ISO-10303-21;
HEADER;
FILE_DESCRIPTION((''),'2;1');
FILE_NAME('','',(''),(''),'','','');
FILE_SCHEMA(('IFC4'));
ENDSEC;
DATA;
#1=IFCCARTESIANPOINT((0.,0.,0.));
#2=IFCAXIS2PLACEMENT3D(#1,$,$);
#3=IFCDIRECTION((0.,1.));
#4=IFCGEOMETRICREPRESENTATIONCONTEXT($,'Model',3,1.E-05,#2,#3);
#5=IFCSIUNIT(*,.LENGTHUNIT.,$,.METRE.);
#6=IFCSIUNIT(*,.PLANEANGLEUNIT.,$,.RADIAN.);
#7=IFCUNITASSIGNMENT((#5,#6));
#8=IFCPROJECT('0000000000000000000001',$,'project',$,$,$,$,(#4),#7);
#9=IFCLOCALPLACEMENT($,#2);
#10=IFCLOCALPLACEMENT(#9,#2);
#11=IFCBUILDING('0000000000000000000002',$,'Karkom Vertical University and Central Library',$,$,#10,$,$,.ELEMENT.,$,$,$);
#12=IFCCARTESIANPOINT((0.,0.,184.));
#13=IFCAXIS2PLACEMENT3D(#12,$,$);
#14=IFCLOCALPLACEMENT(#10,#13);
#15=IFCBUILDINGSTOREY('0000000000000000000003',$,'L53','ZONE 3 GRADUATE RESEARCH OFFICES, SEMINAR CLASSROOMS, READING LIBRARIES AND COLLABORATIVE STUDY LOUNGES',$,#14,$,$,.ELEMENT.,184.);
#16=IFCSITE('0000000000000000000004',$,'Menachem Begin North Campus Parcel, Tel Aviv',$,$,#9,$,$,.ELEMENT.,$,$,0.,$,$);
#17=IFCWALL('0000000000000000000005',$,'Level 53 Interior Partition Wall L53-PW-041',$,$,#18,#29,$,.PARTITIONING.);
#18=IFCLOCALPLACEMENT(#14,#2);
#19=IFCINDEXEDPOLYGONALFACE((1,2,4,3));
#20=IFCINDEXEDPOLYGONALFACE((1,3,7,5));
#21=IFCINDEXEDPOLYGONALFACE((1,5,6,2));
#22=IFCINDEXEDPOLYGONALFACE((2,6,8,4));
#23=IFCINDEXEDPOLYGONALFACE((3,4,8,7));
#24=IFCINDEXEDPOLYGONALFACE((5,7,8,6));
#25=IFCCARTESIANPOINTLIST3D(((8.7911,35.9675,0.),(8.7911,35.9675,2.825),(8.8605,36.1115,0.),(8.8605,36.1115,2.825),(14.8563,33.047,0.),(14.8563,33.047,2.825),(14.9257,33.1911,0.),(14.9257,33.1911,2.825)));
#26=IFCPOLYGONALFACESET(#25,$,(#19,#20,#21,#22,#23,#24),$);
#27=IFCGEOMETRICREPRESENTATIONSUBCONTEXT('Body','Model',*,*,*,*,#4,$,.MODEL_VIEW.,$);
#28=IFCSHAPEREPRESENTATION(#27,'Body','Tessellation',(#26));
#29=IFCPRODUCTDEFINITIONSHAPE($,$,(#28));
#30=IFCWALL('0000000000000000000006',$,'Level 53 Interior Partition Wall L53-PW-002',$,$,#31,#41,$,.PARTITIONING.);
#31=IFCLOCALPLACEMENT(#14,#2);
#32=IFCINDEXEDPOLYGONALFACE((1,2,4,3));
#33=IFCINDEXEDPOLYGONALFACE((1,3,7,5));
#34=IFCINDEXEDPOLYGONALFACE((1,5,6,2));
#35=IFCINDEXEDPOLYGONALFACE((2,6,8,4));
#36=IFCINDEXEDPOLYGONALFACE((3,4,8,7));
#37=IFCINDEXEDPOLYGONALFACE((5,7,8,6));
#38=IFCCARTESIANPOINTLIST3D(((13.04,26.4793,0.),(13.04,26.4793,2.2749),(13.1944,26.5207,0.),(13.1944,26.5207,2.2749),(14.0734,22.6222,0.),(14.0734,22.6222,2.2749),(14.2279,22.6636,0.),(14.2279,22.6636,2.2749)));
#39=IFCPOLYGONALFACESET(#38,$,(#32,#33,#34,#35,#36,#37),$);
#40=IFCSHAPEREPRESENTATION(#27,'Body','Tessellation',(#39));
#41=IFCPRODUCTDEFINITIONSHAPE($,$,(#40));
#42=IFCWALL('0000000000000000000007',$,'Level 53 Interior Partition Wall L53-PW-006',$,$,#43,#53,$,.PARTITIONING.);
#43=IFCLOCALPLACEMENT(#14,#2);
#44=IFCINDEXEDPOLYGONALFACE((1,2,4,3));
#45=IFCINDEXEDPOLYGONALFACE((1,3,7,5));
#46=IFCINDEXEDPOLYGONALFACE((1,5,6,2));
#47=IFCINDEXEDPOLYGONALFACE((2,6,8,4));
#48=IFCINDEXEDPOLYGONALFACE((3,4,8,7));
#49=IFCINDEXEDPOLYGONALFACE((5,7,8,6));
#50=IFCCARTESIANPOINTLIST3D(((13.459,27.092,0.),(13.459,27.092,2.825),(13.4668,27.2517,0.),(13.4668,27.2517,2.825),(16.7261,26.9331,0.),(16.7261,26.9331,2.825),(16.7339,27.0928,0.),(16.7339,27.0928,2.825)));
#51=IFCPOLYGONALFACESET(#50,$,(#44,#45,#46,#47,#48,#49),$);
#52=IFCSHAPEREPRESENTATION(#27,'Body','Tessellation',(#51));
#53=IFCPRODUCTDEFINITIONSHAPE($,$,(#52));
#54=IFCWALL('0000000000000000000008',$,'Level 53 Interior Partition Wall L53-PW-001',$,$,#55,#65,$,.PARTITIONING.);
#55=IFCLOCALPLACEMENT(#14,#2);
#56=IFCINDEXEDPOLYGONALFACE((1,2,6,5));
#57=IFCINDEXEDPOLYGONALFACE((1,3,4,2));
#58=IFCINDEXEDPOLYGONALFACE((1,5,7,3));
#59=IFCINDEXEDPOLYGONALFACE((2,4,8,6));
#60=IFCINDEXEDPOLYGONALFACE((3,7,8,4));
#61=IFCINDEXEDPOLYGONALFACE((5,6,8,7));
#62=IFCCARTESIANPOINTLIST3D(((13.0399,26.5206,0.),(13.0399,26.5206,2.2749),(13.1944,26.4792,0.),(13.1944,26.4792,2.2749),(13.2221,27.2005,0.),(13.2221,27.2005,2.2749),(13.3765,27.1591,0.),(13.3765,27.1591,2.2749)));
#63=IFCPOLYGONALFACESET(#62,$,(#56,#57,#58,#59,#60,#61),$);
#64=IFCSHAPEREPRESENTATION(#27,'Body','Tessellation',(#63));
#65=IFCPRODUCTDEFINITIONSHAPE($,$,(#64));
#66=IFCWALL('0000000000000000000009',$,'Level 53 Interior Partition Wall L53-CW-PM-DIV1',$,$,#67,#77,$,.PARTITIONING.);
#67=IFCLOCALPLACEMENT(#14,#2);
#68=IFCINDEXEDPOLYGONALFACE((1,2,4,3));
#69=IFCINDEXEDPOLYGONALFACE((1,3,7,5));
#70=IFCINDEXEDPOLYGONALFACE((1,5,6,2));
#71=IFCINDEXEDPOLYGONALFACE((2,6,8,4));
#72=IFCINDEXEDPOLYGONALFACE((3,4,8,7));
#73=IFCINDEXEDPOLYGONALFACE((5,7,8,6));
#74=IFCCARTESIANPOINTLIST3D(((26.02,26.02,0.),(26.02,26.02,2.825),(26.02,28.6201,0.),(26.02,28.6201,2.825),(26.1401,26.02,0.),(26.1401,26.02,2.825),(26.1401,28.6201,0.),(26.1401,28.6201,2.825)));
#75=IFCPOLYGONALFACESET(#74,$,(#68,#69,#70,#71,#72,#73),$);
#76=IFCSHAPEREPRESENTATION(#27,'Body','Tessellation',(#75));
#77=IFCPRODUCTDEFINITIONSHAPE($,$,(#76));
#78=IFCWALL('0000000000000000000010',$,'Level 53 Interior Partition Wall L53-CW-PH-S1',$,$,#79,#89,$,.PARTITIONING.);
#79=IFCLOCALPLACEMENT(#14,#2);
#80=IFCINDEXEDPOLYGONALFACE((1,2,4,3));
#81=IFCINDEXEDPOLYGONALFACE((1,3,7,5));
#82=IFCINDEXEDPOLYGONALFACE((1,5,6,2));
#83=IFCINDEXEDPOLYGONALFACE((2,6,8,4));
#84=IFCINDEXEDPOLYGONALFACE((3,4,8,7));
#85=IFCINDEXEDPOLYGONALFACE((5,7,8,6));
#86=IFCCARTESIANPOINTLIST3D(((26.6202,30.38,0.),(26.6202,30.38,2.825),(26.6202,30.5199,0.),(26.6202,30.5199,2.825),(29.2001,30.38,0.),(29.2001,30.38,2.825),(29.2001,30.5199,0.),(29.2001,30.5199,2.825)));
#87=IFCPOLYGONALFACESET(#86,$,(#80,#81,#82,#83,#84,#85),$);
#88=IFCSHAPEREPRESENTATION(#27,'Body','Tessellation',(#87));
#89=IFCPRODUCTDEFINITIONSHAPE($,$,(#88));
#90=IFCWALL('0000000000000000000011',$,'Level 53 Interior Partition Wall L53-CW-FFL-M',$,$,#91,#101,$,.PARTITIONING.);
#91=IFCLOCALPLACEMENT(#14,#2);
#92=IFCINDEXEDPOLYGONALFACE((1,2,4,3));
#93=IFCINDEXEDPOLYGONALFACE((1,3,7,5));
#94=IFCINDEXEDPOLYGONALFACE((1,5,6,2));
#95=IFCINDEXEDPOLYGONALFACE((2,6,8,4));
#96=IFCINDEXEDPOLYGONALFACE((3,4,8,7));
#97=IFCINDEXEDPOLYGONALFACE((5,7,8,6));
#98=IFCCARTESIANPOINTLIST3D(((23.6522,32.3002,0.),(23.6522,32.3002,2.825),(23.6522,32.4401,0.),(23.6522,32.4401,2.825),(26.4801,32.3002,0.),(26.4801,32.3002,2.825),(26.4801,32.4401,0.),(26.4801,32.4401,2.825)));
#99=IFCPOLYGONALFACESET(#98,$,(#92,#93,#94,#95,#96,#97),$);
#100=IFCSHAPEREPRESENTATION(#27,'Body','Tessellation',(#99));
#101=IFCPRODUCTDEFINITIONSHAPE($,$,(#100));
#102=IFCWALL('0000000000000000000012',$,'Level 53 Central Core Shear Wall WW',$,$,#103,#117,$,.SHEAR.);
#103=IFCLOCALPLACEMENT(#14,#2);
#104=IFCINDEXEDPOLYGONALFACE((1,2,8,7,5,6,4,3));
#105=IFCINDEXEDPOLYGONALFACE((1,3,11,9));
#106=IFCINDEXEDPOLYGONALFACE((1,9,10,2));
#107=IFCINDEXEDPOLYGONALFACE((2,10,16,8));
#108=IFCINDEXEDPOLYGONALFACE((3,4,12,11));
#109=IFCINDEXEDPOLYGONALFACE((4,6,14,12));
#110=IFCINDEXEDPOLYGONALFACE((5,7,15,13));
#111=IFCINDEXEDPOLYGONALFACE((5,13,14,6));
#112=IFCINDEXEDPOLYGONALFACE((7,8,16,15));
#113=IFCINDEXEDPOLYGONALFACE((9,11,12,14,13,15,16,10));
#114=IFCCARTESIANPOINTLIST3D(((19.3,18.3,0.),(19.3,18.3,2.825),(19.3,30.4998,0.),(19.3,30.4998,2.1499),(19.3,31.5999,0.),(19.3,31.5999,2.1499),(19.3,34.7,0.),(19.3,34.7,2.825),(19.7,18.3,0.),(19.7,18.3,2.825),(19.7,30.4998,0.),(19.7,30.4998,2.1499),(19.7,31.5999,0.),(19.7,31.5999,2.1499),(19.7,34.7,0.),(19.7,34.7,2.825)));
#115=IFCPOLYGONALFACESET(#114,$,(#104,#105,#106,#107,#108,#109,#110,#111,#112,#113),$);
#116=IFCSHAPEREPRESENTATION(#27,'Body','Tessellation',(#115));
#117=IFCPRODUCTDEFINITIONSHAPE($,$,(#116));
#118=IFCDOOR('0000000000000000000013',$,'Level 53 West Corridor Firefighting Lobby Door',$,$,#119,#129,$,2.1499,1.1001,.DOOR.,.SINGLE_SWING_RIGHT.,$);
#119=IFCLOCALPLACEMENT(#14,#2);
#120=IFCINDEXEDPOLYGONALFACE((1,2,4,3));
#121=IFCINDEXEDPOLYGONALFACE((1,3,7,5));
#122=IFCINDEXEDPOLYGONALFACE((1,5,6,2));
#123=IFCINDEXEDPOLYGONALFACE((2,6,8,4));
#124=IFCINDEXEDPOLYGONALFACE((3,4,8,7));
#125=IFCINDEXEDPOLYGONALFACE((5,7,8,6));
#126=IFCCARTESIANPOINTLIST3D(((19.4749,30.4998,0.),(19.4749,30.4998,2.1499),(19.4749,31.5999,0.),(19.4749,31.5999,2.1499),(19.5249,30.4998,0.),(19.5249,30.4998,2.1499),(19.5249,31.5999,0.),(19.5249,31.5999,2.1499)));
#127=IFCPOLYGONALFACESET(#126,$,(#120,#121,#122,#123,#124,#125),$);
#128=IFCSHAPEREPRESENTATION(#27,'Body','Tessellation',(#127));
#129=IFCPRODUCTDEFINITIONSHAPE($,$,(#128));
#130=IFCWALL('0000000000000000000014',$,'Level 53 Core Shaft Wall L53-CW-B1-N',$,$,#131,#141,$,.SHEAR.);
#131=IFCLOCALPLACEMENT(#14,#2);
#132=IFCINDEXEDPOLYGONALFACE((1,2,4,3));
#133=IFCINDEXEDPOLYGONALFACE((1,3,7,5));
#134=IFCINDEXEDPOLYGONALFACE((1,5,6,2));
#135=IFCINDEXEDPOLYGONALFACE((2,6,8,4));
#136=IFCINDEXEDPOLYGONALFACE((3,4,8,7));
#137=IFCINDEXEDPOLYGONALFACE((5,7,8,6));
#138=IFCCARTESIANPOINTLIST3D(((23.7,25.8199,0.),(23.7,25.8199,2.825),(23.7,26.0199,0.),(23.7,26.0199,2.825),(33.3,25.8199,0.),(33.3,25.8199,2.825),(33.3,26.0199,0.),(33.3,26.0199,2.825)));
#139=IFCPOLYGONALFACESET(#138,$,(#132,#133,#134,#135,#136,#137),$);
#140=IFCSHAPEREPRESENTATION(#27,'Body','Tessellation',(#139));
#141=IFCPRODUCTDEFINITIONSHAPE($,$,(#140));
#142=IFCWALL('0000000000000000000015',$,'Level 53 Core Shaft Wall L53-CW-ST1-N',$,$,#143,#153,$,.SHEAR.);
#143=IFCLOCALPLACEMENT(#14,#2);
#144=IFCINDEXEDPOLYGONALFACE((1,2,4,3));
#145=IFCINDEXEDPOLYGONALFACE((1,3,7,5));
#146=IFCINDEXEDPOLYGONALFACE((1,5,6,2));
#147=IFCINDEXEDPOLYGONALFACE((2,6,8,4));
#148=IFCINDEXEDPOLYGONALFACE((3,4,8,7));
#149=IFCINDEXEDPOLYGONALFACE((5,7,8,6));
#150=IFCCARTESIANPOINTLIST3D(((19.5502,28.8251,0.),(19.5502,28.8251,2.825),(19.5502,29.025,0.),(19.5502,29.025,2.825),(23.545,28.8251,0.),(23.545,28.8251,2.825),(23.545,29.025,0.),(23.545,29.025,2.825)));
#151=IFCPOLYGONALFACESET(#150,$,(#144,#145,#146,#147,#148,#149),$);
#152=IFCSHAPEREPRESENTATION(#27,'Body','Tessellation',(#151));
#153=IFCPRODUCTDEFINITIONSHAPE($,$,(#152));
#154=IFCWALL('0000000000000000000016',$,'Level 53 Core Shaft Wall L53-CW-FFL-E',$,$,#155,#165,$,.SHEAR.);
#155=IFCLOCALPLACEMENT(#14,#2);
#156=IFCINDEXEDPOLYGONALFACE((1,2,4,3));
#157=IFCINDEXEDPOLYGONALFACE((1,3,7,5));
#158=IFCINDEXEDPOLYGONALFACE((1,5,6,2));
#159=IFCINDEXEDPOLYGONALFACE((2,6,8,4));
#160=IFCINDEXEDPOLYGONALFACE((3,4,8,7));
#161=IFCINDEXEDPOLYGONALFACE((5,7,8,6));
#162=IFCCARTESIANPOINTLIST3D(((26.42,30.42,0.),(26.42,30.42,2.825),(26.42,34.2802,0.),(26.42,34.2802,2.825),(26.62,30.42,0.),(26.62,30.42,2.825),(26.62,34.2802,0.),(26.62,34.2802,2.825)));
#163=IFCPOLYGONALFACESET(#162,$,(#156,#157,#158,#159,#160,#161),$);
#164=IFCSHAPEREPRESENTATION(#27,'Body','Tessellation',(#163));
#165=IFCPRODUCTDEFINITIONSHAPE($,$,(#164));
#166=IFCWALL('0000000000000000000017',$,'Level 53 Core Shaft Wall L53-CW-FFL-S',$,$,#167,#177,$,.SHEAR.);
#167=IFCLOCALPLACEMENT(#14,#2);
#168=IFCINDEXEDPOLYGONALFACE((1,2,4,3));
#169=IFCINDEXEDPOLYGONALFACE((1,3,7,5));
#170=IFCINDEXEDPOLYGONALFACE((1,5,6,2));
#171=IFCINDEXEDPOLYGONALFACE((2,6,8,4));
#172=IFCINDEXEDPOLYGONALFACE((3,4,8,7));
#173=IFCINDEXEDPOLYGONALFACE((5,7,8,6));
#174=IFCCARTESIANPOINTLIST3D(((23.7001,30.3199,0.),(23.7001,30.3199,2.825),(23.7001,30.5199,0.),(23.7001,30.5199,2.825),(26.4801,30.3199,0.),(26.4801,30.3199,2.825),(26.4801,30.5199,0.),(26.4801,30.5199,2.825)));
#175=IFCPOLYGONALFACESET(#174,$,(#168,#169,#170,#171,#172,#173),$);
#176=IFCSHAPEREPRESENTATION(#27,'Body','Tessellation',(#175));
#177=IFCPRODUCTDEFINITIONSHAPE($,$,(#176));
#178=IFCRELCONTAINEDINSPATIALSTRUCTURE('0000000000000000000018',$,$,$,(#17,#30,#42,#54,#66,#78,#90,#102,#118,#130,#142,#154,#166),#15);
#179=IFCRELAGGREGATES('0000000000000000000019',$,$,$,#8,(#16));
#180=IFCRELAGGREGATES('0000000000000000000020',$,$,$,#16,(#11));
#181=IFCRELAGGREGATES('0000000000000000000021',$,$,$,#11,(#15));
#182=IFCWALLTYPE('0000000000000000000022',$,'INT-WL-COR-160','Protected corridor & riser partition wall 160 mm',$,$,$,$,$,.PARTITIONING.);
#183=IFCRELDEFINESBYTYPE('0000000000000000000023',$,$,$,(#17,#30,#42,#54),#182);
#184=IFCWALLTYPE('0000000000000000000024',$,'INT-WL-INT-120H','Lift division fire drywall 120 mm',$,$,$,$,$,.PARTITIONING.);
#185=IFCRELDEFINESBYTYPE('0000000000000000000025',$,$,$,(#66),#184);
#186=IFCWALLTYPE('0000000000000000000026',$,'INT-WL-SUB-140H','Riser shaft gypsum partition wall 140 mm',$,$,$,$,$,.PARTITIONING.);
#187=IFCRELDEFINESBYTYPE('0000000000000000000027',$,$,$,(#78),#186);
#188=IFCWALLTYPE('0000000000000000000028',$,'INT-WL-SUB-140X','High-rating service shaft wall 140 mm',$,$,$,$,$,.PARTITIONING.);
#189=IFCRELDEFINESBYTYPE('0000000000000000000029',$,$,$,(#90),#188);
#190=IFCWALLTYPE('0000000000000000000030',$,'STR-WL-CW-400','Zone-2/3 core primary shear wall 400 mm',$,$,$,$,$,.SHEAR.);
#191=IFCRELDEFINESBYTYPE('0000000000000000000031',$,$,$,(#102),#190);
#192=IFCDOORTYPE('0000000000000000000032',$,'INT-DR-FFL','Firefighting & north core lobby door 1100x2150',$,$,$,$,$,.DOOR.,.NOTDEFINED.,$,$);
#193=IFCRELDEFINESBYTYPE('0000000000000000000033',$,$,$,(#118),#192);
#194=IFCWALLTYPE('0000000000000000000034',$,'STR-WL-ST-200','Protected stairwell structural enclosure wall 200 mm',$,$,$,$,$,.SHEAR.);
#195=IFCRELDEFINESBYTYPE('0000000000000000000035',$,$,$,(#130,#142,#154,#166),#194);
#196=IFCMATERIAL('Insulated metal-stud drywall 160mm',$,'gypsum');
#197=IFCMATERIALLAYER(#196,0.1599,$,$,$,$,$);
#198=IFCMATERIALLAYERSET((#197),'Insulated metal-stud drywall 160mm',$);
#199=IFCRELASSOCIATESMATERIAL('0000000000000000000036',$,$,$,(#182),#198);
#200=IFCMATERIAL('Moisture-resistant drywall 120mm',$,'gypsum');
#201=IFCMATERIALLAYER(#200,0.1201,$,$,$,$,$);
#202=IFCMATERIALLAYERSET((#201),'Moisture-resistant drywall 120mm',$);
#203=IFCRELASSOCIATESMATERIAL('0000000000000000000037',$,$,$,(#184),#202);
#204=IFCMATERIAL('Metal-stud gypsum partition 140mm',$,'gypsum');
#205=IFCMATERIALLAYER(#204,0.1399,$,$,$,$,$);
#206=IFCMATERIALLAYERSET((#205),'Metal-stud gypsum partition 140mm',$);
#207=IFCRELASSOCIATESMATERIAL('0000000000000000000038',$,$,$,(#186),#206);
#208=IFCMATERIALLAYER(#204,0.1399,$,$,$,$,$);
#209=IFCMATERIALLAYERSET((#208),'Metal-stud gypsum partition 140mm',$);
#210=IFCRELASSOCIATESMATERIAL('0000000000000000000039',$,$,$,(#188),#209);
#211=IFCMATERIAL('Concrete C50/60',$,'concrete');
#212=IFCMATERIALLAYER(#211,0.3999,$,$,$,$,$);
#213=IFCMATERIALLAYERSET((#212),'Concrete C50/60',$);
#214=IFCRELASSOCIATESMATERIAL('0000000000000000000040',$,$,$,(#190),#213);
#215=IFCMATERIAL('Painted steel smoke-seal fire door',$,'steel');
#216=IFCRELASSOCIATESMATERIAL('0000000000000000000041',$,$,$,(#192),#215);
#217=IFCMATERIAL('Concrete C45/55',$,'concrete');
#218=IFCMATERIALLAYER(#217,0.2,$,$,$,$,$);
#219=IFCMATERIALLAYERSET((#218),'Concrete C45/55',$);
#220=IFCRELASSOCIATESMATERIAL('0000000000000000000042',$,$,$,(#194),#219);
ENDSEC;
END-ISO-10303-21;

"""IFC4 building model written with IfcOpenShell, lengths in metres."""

from ifc_helpers import new_model, si_unit, direction, frame, frame_2d, origin, origin_with_axes, place, context, subcontext, project, spatial, rectangle, extrude, source, transform, mapped, material, layer, layer_set, type_object, element, fill, save


model = new_model("IFC4")

# Units and contexts
model_context = context("Model", 3, precision=1e-05, world=origin(), true_north=direction((0.0, 1.0)))
body_context = subcontext(model_context, "Body", "Model", "MODEL_VIEW")
ifc_project = project(units=[si_unit("LENGTHUNIT", "METRE"), si_unit("PLANEANGLEUNIT", "RADIAN")], contexts=[model_context])

# Site, building, storey
site_placement = place(None, origin())
site = spatial("IfcSite", under=ifc_project, at=site_placement, Name="Menachem Begin North Campus Parcel, Tel Aviv", CompositionType="ELEMENT", RefElevation=0.0)
building_placement = place(site_placement, origin())
building = spatial("IfcBuilding", under=site, at=building_placement, Name="Karkom Vertical University and Central Library", CompositionType="ELEMENT")
storey_placement = place(building_placement, frame((0.0, 0.0, 184.0)))
storey = spatial("IfcBuildingStorey", under=building, at=storey_placement, Name="L53", Description="ZONE 3 GRADUATE RESEARCH OFFICES, SEMINAR CLASSROOMS, READING LIBRARIES AND COLLABORATIVE STUDY LOUNGES", CompositionType="ELEMENT", Elevation=184.0)

# Shared definitions
ifc_material_1 = material(Name="Concrete C50/60", Category="concrete")

# Shared definitions
ifc_material_2 = material(Name="Insulated metal-stud drywall 160mm", Category="gypsum")
ifc_layer_1 = layer(ifc_material_2, 0.1599)
ifc_layer_set_1 = layer_set([ifc_layer_1], Name="Insulated metal-stud drywall 160mm")
wall_type_1 = type_object("IfcWallType", Name="INT-WL-COR-160", Description="Protected corridor & riser partition wall 160 mm", PredefinedType="PARTITIONING", material=ifc_layer_set_1)

# Walls
wall_1_placement = place(storey_placement, frame((14.8909, 33.1191, 0.0), z_axis=(0.0, 0.0, 1.0), x_axis=(-0.900994, 0.433832, 0.0)))
element("IfcWall", 1, at=wall_1_placement, inside=storey, type_object=wall_type_1, Name="Level 53 Interior Partition Wall L53-PW-041", PredefinedType="PARTITIONING", context=body_context, shape_type="SweptSolid", body=[
    extrude(rectangle(XDim=6.7317, YDim=0.1599, at=frame_2d((3.3657, 0.0))), origin(), (0.0, 0.0, 1.0), 2.825),
])
wall_2_placement = place(storey_placement, frame((13.1172, 26.5, 0.0), z_axis=(0.0, 0.0, 1.0), x_axis=(0.2588, -0.965931, 0.0)))
element("IfcWall", 2, at=wall_2_placement, inside=storey, type_object=wall_type_1, Name="Level 53 Interior Partition Wall L53-PW-002", PredefinedType="PARTITIONING", context=body_context, shape_type="SweptSolid", body=[
    extrude(rectangle(XDim=3.9932, YDim=0.1599, at=frame_2d((1.9966, 0.0))), origin(), (0.0, 0.0, 1.0), 2.2749),
])
wall_3_placement = place(storey_placement, frame((13.4629, 27.1719, 0.0), z_axis=(0.0, 0.0, 1.0), x_axis=(0.998819, -0.04859, 0.0)))
element("IfcWall", 3, at=wall_3_placement, inside=storey, type_object=wall_type_1, Name="Level 53 Interior Partition Wall L53-PW-006", PredefinedType="PARTITIONING", context=body_context, shape_type="SweptSolid", body=[
    extrude(rectangle(XDim=3.271, YDim=0.1599, at=frame_2d((1.6355, 0.0))), origin(), (0.0, 0.0, 1.0), 2.825),
])
wall_4_placement = place(storey_placement, frame((13.2993, 27.1799, 0.0), z_axis=(0.0, 0.0, 1.0), x_axis=(-0.258742, -0.965947, 0.0)))
element("IfcWall", 4, at=wall_4_placement, inside=storey, type_object=wall_type_1, Name="Level 53 Interior Partition Wall L53-PW-001", PredefinedType="PARTITIONING", context=body_context, shape_type="SweptSolid", body=[
    extrude(rectangle(XDim=0.7039, YDim=0.1599, at=frame_2d((0.3521, 0.0))), origin(), (0.0, 0.0, 1.0), 2.2749),
])
ifc_material_3 = material(Name="Moisture-resistant drywall 120mm", Category="gypsum")
ifc_layer_2 = layer(ifc_material_3, 0.1201)
ifc_layer_set_2 = layer_set([ifc_layer_2], Name="Moisture-resistant drywall 120mm")
wall_type_2 = type_object("IfcWallType", Name="INT-WL-INT-120H", Description="Lift division fire drywall 120 mm", PredefinedType="PARTITIONING", material=ifc_layer_set_2)
wall_5_placement = place(storey_placement, frame((26.0801, 26.02, 0.0), z_axis=(0.0, 0.0, 1.0), x_axis=(0.0, 1.0, 0.0)))
element("IfcWall", 5, at=wall_5_placement, inside=storey, type_object=wall_type_2, Name="Level 53 Interior Partition Wall L53-CW-PM-DIV1", PredefinedType="PARTITIONING", context=body_context, shape_type="SweptSolid", body=[
    extrude(rectangle(XDim=2.6001, YDim=0.1201, at=frame_2d((1.3, 0.0))), origin(), (0.0, 0.0, 1.0), 2.825),
])
ifc_material_4 = material(Name="Metal-stud gypsum partition 140mm", Category="gypsum")
ifc_layer_3 = layer(ifc_material_4, 0.1399)
ifc_layer_set_3 = layer_set([ifc_layer_3], Name="Metal-stud gypsum partition 140mm")
wall_type_3 = type_object("IfcWallType", Name="INT-WL-SUB-140H", Description="Riser shaft gypsum partition wall 140 mm", PredefinedType="PARTITIONING", material=ifc_layer_set_3)
wall_6_placement = place(storey_placement, frame((26.6201, 30.45, 0.0), z_axis=(0.0, 0.0, 1.0), x_axis=(1.0, 0.0, 0.0)))
element("IfcWall", 6, at=wall_6_placement, inside=storey, type_object=wall_type_3, Name="Level 53 Interior Partition Wall L53-CW-PH-S1", PredefinedType="PARTITIONING", context=body_context, shape_type="SweptSolid", body=[
    extrude(rectangle(XDim=2.5798, YDim=0.1399, at=frame_2d((1.29, 0.0))), origin(), (0.0, 0.0, 1.0), 2.825),
])
ifc_layer_4 = layer(ifc_material_4, 0.1399)
ifc_layer_set_4 = layer_set([ifc_layer_4], Name="Metal-stud gypsum partition 140mm")
wall_type_4 = type_object("IfcWallType", Name="INT-WL-SUB-140X", Description="High-rating service shaft wall 140 mm", PredefinedType="PARTITIONING", material=ifc_layer_set_4)
wall_7_placement = place(storey_placement, frame((23.6521, 32.3701, 0.0), z_axis=(0.0, 0.0, 1.0), x_axis=(1.0, 0.0, 0.0)))
element("IfcWall", 7, at=wall_7_placement, inside=storey, type_object=wall_type_4, Name="Level 53 Interior Partition Wall L53-CW-FFL-M", PredefinedType="PARTITIONING", context=body_context, shape_type="SweptSolid", body=[
    extrude(rectangle(XDim=2.8279, YDim=0.1399, at=frame_2d((1.4141, 0.0))), origin(), (0.0, 0.0, 1.0), 2.825),
])

# Wall, opening, door
ifc_layer_5 = layer(ifc_material_1, 0.3999)
ifc_layer_set_5 = layer_set([ifc_layer_5], Name="Concrete C50/60")
wall_type_5 = type_object("IfcWallType", Name="STR-WL-CW-400", Description="Zone-2/3 core primary shear wall 400 mm", PredefinedType="SHEAR", material=ifc_layer_set_5)
wall_8_placement = place(storey_placement, frame((19.5, 34.7, 0.0), z_axis=(0.0, 0.0, 1.0), x_axis=(0.0, -1.0, 0.0)))
wall_8 = element("IfcWall", 8, at=wall_8_placement, inside=storey, type_object=wall_type_5, Name="Level 53 Central Core Shear Wall WW", PredefinedType="SHEAR", context=body_context, shape_type="SweptSolid", body=[
    extrude(rectangle(XDim=16.3999, YDim=0.3999, at=frame_2d((8.2, 0.0))), origin(), (0.0, 0.0, 1.0), 2.825),
])
opening_1_placement = place(wall_8_placement, frame((3.1001, 0.0, 0.0)))
opening_1 = element("IfcOpeningElement", 9, at=opening_1_placement, cuts=wall_8, PredefinedType="OPENING", context=body_context, shape_type="SweptSolid", body=[
    extrude(rectangle(XDim=1.1001, YDim=2.1499, at=frame_2d((0.55, 1.075))), frame((0.0, 0.21, 0.0), z_axis=(0.0, -1.0, 0.0), x_axis=(1.0, 0.0, 0.0)), (0.0, 0.0, 1.0), 0.4199),
])
ifc_material_5 = material(Name="Painted steel smoke-seal fire door", Category="steel")
door_type_1 = type_object("IfcDoorType", Name="INT-DR-FFL", Description="Firefighting & north core lobby door 1100x2150", OperationType="NOTDEFINED", PredefinedType="DOOR", material=ifc_material_5)
shared_shape_1 = source(origin_with_axes(), body_context, "Body", "SweptSolid", [
    extrude(rectangle(XDim=1.1001, YDim=2.1499, at=frame_2d((0.55, 1.075))), frame((0.0, 0.0249, 0.0), z_axis=(0.0, -1.0, 0.0), x_axis=(1.0, 0.0, 0.0)), (0.0, 0.0, 1.0), 0.05),
])
door_1_placement = place(opening_1_placement, origin())
door_1 = element("IfcDoor", 10, at=door_1_placement, inside=storey, type_object=door_type_1, Name="Level 53 West Corridor Firefighting Lobby Door", OperationType="SINGLE_SWING_RIGHT", OverallHeight=2.1499, OverallWidth=1.1001, PredefinedType="DOOR", context=body_context, shape_type="MappedRepresentation", body=[
    mapped(shared_shape_1, transform((0.0, 0.0, 0.0), scale=1.0)),
])
fill(opening_1, door_1)

# Wall
ifc_material_6 = material(Name="Concrete C45/55", Category="concrete")
ifc_layer_6 = layer(ifc_material_6, 0.2)
ifc_layer_set_6 = layer_set([ifc_layer_6], Name="Concrete C45/55")
wall_type_6 = type_object("IfcWallType", Name="STR-WL-ST-200", Description="Protected stairwell structural enclosure wall 200 mm", PredefinedType="SHEAR", material=ifc_layer_set_6)
wall_9_placement = place(storey_placement, frame((23.7, 25.9199, 0.0), z_axis=(0.0, 0.0, 1.0), x_axis=(1.0, 0.0, 0.0)))
element("IfcWall", 11, at=wall_9_placement, inside=storey, type_object=wall_type_6, Name="Level 53 Core Shaft Wall L53-CW-B1-N", PredefinedType="SHEAR", context=body_context, shape_type="SweptSolid", body=[
    extrude(rectangle(XDim=9.6001, YDim=0.2, at=frame_2d((4.8, 0.0))), origin(), (0.0, 0.0, 1.0), 2.825),
])

# Walls
wall_10_placement = place(storey_placement, frame((19.55, 28.925, 0.0), z_axis=(0.0, 0.0, 1.0), x_axis=(1.0, 0.0, 0.0)))
element("IfcWall", 12, at=wall_10_placement, inside=storey, type_object=wall_type_6, Name="Level 53 Core Shaft Wall L53-CW-ST1-N", PredefinedType="SHEAR", context=body_context, shape_type="SweptSolid", body=[
    extrude(rectangle(XDim=3.9949, YDim=0.2, at=frame_2d((1.9976, 0.0))), origin(), (0.0, 0.0, 1.0), 2.825),
])
wall_11_placement = place(storey_placement, frame((26.52, 30.4199, 0.0), z_axis=(0.0, 0.0, 1.0), x_axis=(0.0, 1.0, 0.0)))
element("IfcWall", 13, at=wall_11_placement, inside=storey, type_object=wall_type_6, Name="Level 53 Core Shaft Wall L53-CW-FFL-E", PredefinedType="SHEAR", context=body_context, shape_type="SweptSolid", body=[
    extrude(rectangle(XDim=3.8601, YDim=0.2, at=frame_2d((1.9302, 0.0))), origin(), (0.0, 0.0, 1.0), 2.825),
])
wall_12_placement = place(storey_placement, frame((23.7, 30.4199, 0.0), z_axis=(0.0, 0.0, 1.0), x_axis=(1.0, 0.0, 0.0)))
element("IfcWall", 14, at=wall_12_placement, inside=storey, type_object=wall_type_6, Name="Level 53 Core Shaft Wall L53-CW-FFL-S", PredefinedType="SHEAR", context=body_context, shape_type="SweptSolid", body=[
    extrude(rectangle(XDim=2.78, YDim=0.2, at=frame_2d((1.3901, 0.0))), origin(), (0.0, 0.0, 1.0), 2.825),
])

save(model, "model.ifc")
